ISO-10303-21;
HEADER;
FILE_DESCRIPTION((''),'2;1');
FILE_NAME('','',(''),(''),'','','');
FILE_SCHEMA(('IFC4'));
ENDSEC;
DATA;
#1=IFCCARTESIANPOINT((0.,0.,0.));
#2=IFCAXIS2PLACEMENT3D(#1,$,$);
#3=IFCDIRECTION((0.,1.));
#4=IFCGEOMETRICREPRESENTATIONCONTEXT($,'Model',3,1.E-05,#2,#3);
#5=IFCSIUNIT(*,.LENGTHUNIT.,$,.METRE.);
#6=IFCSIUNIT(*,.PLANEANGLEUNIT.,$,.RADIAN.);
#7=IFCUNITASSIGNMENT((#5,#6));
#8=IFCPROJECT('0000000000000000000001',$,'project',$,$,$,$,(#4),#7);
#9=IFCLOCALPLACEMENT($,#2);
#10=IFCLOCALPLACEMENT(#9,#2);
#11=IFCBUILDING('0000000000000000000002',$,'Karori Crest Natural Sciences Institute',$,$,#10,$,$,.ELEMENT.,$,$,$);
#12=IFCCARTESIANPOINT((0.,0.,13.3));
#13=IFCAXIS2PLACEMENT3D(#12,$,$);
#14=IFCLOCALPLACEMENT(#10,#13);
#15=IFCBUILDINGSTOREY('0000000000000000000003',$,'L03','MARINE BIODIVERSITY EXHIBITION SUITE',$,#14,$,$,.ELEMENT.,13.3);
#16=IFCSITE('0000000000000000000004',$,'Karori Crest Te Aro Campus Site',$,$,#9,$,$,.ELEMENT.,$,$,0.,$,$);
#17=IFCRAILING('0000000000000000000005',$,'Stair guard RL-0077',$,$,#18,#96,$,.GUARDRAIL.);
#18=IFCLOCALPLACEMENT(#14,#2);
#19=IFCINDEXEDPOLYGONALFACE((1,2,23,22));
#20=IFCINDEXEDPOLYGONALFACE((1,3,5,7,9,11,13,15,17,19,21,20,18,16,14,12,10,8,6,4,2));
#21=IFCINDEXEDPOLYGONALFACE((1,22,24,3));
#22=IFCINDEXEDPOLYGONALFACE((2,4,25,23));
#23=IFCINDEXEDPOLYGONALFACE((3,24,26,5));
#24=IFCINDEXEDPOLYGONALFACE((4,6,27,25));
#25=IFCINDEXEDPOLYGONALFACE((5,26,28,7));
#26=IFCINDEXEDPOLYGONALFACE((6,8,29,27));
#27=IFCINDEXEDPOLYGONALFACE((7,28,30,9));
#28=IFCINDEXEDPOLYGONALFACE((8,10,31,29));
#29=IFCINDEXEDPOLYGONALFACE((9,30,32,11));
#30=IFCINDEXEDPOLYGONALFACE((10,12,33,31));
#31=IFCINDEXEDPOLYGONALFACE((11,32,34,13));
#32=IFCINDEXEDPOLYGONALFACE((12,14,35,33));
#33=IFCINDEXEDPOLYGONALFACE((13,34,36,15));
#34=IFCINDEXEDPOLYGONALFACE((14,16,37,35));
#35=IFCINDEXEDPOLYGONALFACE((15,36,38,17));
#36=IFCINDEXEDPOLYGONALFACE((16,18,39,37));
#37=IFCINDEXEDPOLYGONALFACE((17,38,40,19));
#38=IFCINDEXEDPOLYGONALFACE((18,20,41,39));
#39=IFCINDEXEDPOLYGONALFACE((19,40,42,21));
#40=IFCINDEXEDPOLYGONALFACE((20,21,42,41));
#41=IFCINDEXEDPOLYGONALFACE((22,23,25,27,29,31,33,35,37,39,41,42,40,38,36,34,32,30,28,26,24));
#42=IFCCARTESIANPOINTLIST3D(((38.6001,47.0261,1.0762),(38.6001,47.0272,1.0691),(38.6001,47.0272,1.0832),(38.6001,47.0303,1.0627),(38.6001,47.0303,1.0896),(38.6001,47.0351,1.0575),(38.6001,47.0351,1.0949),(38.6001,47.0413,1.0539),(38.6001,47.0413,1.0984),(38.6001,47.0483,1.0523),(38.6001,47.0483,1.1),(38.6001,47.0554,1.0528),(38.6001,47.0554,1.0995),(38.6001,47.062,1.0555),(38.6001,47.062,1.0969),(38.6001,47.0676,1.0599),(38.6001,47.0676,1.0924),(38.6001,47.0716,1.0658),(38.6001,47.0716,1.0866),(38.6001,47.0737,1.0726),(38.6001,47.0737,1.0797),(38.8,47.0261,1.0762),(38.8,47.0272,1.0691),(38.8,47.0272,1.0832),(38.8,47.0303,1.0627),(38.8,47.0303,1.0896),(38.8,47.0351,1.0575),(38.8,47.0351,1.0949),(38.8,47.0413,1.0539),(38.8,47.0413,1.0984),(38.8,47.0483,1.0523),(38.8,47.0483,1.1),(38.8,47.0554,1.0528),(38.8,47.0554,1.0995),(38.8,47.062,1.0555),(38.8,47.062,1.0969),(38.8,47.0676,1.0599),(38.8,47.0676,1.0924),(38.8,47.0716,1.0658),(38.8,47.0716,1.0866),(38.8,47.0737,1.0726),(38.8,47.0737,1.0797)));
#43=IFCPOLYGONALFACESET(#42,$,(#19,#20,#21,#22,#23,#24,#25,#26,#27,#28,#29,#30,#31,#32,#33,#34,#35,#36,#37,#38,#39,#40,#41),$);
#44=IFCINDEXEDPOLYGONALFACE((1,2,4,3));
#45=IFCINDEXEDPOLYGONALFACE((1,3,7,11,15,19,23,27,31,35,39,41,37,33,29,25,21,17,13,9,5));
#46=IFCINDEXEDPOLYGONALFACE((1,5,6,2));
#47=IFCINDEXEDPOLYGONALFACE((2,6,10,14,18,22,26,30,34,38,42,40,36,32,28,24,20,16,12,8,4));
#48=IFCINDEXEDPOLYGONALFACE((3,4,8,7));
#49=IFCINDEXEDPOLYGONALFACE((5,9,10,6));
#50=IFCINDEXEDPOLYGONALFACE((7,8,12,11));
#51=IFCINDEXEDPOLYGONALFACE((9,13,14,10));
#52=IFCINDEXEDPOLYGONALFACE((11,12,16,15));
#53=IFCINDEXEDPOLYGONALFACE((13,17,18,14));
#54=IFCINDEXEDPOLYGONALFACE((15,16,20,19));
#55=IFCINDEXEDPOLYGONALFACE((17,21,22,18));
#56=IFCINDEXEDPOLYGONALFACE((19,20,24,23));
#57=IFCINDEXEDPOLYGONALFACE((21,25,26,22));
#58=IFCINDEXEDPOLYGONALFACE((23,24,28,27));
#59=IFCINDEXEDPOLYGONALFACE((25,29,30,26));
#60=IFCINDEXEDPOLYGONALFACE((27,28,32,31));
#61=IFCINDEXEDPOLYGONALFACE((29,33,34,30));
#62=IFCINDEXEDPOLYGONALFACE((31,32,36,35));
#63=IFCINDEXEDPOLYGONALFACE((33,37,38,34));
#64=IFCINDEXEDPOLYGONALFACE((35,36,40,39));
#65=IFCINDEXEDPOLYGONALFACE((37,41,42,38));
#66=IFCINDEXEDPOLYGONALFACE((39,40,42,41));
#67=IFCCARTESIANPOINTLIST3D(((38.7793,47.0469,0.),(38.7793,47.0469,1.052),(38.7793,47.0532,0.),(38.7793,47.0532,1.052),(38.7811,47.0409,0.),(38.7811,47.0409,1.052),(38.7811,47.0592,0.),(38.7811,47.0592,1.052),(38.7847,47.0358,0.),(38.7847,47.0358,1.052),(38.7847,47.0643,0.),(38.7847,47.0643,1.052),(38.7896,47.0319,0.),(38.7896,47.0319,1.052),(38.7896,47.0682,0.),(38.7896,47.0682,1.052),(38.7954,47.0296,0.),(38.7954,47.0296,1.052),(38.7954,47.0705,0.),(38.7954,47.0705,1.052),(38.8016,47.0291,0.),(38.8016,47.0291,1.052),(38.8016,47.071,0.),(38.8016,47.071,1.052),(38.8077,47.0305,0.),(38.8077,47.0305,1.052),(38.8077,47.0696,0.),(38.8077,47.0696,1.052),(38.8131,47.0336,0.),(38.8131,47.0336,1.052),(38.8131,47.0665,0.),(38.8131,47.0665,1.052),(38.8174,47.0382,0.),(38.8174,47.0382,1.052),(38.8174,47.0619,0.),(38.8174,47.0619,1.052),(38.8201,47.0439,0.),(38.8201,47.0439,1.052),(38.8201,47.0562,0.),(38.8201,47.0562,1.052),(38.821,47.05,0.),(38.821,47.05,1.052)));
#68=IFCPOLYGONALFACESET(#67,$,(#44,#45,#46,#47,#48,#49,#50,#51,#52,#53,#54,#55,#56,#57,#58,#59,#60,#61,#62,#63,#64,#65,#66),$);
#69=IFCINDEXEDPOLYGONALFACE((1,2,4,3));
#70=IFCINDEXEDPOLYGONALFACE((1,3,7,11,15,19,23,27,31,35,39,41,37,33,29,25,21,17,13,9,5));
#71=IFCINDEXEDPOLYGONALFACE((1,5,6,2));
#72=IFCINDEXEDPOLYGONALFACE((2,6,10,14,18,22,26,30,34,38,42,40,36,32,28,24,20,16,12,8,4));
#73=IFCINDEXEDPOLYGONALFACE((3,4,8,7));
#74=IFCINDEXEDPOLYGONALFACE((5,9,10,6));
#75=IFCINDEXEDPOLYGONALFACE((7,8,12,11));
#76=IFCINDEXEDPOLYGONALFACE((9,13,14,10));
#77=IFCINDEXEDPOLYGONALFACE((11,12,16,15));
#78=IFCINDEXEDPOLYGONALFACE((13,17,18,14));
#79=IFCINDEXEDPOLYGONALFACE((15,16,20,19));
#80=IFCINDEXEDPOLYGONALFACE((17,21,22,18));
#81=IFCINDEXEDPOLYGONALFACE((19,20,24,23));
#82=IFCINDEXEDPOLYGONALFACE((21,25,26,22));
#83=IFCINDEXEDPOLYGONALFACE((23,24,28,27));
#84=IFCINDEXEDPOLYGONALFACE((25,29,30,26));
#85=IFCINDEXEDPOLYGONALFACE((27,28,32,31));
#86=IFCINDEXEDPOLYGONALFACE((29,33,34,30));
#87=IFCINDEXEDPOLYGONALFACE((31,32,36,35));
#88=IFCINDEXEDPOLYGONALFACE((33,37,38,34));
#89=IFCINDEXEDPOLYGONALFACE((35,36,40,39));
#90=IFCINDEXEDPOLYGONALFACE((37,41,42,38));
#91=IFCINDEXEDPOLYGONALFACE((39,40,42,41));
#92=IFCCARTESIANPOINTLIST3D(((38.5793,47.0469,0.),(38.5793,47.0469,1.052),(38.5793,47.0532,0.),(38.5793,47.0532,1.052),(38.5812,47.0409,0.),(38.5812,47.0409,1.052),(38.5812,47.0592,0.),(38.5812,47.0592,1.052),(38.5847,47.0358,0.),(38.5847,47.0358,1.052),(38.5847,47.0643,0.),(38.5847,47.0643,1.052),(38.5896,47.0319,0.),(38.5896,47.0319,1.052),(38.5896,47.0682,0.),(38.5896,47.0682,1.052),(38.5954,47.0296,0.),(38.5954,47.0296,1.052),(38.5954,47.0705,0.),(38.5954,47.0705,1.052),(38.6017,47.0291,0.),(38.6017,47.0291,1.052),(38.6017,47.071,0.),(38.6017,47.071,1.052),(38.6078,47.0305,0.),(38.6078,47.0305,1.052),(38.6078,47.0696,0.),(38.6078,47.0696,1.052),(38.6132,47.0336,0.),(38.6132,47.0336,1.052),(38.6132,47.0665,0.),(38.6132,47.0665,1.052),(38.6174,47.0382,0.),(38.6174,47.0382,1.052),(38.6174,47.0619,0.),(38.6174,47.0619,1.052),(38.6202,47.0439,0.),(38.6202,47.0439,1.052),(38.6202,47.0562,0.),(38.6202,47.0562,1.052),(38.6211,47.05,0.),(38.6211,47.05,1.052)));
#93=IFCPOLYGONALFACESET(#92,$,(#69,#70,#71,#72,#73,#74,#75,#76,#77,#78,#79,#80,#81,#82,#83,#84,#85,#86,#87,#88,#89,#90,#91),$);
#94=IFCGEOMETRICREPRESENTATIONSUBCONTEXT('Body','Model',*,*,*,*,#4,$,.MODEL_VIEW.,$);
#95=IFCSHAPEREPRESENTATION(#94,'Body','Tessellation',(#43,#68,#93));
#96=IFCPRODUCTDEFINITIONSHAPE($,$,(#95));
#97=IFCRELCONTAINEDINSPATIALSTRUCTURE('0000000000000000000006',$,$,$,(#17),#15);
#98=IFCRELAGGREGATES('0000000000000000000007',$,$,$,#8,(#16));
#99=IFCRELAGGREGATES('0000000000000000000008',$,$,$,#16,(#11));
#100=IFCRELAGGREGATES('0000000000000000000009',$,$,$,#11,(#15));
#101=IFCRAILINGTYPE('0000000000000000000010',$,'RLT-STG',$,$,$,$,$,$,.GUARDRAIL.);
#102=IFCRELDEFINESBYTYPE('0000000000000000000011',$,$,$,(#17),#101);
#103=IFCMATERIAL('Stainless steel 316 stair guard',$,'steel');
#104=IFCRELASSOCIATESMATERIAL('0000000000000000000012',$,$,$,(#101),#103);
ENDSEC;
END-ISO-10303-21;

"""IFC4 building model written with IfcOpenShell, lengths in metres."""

from ifc_helpers import new_model, si_unit, direction, frame, origin, origin_2d, place, context, subcontext, project, spatial, circle, extrude, material, type_object, element, save


model = new_model("IFC4")

# Units and contexts
model_context = context("Model", 3, precision=1e-05, world=origin(), true_north=direction((0.0, 1.0)))
body_context = subcontext(model_context, "Body", "Model", "MODEL_VIEW")
ifc_project = project(units=[si_unit("LENGTHUNIT", "METRE"), si_unit("PLANEANGLEUNIT", "RADIAN")], contexts=[model_context])

# Site, building, storey
site_placement = place(None, origin())
site = spatial("IfcSite", under=ifc_project, at=site_placement, Name="Karori Crest Te Aro Campus Site", CompositionType="ELEMENT", RefElevation=0.0)
building_placement = place(site_placement, origin())
building = spatial("IfcBuilding", under=site, at=building_placement, Name="Karori Crest Natural Sciences Institute", CompositionType="ELEMENT")
storey_placement = place(building_placement, frame((0.0, 0.0, 13.3)))
storey = spatial("IfcBuildingStorey", under=building, at=storey_placement, Name="L03", Description="MARINE BIODIVERSITY EXHIBITION SUITE", CompositionType="ELEMENT", Elevation=13.3)

# Railing
ifc_material_1 = material(Name="Stainless steel 316 stair guard", Category="steel")
railing_type_1 = type_object("IfcRailingType", Name="RLT-STG", PredefinedType="GUARDRAIL", material=ifc_material_1)
railing_1_placement = place(storey_placement, frame((38.8, 47.05, 0.0)))
element("IfcRailing", 1, at=railing_1_placement, inside=storey, type_object=railing_type_1, Name="Stair guard RL-0077", PredefinedType="GUARDRAIL", context=body_context, shape_type="SweptSolid", body=[
    extrude(circle(Radius=0.0239, at=origin_2d()), frame((0.0, 0.0, 1.0762), z_axis=(-1.0, 0.0, 0.0), x_axis=(0.0, -1.0, 0.0)), (0.0, 0.0, 1.0), 0.2),
    extrude(circle(Radius=0.021, at=origin_2d()), origin(), (0.0, 0.0, 1.0), 1.052),
    extrude(circle(Radius=0.021, at=origin_2d()), frame((-0.2, 0.0, 0.0)), (0.0, 0.0, 1.0), 1.052),
])

save(model, "model.ifc")
